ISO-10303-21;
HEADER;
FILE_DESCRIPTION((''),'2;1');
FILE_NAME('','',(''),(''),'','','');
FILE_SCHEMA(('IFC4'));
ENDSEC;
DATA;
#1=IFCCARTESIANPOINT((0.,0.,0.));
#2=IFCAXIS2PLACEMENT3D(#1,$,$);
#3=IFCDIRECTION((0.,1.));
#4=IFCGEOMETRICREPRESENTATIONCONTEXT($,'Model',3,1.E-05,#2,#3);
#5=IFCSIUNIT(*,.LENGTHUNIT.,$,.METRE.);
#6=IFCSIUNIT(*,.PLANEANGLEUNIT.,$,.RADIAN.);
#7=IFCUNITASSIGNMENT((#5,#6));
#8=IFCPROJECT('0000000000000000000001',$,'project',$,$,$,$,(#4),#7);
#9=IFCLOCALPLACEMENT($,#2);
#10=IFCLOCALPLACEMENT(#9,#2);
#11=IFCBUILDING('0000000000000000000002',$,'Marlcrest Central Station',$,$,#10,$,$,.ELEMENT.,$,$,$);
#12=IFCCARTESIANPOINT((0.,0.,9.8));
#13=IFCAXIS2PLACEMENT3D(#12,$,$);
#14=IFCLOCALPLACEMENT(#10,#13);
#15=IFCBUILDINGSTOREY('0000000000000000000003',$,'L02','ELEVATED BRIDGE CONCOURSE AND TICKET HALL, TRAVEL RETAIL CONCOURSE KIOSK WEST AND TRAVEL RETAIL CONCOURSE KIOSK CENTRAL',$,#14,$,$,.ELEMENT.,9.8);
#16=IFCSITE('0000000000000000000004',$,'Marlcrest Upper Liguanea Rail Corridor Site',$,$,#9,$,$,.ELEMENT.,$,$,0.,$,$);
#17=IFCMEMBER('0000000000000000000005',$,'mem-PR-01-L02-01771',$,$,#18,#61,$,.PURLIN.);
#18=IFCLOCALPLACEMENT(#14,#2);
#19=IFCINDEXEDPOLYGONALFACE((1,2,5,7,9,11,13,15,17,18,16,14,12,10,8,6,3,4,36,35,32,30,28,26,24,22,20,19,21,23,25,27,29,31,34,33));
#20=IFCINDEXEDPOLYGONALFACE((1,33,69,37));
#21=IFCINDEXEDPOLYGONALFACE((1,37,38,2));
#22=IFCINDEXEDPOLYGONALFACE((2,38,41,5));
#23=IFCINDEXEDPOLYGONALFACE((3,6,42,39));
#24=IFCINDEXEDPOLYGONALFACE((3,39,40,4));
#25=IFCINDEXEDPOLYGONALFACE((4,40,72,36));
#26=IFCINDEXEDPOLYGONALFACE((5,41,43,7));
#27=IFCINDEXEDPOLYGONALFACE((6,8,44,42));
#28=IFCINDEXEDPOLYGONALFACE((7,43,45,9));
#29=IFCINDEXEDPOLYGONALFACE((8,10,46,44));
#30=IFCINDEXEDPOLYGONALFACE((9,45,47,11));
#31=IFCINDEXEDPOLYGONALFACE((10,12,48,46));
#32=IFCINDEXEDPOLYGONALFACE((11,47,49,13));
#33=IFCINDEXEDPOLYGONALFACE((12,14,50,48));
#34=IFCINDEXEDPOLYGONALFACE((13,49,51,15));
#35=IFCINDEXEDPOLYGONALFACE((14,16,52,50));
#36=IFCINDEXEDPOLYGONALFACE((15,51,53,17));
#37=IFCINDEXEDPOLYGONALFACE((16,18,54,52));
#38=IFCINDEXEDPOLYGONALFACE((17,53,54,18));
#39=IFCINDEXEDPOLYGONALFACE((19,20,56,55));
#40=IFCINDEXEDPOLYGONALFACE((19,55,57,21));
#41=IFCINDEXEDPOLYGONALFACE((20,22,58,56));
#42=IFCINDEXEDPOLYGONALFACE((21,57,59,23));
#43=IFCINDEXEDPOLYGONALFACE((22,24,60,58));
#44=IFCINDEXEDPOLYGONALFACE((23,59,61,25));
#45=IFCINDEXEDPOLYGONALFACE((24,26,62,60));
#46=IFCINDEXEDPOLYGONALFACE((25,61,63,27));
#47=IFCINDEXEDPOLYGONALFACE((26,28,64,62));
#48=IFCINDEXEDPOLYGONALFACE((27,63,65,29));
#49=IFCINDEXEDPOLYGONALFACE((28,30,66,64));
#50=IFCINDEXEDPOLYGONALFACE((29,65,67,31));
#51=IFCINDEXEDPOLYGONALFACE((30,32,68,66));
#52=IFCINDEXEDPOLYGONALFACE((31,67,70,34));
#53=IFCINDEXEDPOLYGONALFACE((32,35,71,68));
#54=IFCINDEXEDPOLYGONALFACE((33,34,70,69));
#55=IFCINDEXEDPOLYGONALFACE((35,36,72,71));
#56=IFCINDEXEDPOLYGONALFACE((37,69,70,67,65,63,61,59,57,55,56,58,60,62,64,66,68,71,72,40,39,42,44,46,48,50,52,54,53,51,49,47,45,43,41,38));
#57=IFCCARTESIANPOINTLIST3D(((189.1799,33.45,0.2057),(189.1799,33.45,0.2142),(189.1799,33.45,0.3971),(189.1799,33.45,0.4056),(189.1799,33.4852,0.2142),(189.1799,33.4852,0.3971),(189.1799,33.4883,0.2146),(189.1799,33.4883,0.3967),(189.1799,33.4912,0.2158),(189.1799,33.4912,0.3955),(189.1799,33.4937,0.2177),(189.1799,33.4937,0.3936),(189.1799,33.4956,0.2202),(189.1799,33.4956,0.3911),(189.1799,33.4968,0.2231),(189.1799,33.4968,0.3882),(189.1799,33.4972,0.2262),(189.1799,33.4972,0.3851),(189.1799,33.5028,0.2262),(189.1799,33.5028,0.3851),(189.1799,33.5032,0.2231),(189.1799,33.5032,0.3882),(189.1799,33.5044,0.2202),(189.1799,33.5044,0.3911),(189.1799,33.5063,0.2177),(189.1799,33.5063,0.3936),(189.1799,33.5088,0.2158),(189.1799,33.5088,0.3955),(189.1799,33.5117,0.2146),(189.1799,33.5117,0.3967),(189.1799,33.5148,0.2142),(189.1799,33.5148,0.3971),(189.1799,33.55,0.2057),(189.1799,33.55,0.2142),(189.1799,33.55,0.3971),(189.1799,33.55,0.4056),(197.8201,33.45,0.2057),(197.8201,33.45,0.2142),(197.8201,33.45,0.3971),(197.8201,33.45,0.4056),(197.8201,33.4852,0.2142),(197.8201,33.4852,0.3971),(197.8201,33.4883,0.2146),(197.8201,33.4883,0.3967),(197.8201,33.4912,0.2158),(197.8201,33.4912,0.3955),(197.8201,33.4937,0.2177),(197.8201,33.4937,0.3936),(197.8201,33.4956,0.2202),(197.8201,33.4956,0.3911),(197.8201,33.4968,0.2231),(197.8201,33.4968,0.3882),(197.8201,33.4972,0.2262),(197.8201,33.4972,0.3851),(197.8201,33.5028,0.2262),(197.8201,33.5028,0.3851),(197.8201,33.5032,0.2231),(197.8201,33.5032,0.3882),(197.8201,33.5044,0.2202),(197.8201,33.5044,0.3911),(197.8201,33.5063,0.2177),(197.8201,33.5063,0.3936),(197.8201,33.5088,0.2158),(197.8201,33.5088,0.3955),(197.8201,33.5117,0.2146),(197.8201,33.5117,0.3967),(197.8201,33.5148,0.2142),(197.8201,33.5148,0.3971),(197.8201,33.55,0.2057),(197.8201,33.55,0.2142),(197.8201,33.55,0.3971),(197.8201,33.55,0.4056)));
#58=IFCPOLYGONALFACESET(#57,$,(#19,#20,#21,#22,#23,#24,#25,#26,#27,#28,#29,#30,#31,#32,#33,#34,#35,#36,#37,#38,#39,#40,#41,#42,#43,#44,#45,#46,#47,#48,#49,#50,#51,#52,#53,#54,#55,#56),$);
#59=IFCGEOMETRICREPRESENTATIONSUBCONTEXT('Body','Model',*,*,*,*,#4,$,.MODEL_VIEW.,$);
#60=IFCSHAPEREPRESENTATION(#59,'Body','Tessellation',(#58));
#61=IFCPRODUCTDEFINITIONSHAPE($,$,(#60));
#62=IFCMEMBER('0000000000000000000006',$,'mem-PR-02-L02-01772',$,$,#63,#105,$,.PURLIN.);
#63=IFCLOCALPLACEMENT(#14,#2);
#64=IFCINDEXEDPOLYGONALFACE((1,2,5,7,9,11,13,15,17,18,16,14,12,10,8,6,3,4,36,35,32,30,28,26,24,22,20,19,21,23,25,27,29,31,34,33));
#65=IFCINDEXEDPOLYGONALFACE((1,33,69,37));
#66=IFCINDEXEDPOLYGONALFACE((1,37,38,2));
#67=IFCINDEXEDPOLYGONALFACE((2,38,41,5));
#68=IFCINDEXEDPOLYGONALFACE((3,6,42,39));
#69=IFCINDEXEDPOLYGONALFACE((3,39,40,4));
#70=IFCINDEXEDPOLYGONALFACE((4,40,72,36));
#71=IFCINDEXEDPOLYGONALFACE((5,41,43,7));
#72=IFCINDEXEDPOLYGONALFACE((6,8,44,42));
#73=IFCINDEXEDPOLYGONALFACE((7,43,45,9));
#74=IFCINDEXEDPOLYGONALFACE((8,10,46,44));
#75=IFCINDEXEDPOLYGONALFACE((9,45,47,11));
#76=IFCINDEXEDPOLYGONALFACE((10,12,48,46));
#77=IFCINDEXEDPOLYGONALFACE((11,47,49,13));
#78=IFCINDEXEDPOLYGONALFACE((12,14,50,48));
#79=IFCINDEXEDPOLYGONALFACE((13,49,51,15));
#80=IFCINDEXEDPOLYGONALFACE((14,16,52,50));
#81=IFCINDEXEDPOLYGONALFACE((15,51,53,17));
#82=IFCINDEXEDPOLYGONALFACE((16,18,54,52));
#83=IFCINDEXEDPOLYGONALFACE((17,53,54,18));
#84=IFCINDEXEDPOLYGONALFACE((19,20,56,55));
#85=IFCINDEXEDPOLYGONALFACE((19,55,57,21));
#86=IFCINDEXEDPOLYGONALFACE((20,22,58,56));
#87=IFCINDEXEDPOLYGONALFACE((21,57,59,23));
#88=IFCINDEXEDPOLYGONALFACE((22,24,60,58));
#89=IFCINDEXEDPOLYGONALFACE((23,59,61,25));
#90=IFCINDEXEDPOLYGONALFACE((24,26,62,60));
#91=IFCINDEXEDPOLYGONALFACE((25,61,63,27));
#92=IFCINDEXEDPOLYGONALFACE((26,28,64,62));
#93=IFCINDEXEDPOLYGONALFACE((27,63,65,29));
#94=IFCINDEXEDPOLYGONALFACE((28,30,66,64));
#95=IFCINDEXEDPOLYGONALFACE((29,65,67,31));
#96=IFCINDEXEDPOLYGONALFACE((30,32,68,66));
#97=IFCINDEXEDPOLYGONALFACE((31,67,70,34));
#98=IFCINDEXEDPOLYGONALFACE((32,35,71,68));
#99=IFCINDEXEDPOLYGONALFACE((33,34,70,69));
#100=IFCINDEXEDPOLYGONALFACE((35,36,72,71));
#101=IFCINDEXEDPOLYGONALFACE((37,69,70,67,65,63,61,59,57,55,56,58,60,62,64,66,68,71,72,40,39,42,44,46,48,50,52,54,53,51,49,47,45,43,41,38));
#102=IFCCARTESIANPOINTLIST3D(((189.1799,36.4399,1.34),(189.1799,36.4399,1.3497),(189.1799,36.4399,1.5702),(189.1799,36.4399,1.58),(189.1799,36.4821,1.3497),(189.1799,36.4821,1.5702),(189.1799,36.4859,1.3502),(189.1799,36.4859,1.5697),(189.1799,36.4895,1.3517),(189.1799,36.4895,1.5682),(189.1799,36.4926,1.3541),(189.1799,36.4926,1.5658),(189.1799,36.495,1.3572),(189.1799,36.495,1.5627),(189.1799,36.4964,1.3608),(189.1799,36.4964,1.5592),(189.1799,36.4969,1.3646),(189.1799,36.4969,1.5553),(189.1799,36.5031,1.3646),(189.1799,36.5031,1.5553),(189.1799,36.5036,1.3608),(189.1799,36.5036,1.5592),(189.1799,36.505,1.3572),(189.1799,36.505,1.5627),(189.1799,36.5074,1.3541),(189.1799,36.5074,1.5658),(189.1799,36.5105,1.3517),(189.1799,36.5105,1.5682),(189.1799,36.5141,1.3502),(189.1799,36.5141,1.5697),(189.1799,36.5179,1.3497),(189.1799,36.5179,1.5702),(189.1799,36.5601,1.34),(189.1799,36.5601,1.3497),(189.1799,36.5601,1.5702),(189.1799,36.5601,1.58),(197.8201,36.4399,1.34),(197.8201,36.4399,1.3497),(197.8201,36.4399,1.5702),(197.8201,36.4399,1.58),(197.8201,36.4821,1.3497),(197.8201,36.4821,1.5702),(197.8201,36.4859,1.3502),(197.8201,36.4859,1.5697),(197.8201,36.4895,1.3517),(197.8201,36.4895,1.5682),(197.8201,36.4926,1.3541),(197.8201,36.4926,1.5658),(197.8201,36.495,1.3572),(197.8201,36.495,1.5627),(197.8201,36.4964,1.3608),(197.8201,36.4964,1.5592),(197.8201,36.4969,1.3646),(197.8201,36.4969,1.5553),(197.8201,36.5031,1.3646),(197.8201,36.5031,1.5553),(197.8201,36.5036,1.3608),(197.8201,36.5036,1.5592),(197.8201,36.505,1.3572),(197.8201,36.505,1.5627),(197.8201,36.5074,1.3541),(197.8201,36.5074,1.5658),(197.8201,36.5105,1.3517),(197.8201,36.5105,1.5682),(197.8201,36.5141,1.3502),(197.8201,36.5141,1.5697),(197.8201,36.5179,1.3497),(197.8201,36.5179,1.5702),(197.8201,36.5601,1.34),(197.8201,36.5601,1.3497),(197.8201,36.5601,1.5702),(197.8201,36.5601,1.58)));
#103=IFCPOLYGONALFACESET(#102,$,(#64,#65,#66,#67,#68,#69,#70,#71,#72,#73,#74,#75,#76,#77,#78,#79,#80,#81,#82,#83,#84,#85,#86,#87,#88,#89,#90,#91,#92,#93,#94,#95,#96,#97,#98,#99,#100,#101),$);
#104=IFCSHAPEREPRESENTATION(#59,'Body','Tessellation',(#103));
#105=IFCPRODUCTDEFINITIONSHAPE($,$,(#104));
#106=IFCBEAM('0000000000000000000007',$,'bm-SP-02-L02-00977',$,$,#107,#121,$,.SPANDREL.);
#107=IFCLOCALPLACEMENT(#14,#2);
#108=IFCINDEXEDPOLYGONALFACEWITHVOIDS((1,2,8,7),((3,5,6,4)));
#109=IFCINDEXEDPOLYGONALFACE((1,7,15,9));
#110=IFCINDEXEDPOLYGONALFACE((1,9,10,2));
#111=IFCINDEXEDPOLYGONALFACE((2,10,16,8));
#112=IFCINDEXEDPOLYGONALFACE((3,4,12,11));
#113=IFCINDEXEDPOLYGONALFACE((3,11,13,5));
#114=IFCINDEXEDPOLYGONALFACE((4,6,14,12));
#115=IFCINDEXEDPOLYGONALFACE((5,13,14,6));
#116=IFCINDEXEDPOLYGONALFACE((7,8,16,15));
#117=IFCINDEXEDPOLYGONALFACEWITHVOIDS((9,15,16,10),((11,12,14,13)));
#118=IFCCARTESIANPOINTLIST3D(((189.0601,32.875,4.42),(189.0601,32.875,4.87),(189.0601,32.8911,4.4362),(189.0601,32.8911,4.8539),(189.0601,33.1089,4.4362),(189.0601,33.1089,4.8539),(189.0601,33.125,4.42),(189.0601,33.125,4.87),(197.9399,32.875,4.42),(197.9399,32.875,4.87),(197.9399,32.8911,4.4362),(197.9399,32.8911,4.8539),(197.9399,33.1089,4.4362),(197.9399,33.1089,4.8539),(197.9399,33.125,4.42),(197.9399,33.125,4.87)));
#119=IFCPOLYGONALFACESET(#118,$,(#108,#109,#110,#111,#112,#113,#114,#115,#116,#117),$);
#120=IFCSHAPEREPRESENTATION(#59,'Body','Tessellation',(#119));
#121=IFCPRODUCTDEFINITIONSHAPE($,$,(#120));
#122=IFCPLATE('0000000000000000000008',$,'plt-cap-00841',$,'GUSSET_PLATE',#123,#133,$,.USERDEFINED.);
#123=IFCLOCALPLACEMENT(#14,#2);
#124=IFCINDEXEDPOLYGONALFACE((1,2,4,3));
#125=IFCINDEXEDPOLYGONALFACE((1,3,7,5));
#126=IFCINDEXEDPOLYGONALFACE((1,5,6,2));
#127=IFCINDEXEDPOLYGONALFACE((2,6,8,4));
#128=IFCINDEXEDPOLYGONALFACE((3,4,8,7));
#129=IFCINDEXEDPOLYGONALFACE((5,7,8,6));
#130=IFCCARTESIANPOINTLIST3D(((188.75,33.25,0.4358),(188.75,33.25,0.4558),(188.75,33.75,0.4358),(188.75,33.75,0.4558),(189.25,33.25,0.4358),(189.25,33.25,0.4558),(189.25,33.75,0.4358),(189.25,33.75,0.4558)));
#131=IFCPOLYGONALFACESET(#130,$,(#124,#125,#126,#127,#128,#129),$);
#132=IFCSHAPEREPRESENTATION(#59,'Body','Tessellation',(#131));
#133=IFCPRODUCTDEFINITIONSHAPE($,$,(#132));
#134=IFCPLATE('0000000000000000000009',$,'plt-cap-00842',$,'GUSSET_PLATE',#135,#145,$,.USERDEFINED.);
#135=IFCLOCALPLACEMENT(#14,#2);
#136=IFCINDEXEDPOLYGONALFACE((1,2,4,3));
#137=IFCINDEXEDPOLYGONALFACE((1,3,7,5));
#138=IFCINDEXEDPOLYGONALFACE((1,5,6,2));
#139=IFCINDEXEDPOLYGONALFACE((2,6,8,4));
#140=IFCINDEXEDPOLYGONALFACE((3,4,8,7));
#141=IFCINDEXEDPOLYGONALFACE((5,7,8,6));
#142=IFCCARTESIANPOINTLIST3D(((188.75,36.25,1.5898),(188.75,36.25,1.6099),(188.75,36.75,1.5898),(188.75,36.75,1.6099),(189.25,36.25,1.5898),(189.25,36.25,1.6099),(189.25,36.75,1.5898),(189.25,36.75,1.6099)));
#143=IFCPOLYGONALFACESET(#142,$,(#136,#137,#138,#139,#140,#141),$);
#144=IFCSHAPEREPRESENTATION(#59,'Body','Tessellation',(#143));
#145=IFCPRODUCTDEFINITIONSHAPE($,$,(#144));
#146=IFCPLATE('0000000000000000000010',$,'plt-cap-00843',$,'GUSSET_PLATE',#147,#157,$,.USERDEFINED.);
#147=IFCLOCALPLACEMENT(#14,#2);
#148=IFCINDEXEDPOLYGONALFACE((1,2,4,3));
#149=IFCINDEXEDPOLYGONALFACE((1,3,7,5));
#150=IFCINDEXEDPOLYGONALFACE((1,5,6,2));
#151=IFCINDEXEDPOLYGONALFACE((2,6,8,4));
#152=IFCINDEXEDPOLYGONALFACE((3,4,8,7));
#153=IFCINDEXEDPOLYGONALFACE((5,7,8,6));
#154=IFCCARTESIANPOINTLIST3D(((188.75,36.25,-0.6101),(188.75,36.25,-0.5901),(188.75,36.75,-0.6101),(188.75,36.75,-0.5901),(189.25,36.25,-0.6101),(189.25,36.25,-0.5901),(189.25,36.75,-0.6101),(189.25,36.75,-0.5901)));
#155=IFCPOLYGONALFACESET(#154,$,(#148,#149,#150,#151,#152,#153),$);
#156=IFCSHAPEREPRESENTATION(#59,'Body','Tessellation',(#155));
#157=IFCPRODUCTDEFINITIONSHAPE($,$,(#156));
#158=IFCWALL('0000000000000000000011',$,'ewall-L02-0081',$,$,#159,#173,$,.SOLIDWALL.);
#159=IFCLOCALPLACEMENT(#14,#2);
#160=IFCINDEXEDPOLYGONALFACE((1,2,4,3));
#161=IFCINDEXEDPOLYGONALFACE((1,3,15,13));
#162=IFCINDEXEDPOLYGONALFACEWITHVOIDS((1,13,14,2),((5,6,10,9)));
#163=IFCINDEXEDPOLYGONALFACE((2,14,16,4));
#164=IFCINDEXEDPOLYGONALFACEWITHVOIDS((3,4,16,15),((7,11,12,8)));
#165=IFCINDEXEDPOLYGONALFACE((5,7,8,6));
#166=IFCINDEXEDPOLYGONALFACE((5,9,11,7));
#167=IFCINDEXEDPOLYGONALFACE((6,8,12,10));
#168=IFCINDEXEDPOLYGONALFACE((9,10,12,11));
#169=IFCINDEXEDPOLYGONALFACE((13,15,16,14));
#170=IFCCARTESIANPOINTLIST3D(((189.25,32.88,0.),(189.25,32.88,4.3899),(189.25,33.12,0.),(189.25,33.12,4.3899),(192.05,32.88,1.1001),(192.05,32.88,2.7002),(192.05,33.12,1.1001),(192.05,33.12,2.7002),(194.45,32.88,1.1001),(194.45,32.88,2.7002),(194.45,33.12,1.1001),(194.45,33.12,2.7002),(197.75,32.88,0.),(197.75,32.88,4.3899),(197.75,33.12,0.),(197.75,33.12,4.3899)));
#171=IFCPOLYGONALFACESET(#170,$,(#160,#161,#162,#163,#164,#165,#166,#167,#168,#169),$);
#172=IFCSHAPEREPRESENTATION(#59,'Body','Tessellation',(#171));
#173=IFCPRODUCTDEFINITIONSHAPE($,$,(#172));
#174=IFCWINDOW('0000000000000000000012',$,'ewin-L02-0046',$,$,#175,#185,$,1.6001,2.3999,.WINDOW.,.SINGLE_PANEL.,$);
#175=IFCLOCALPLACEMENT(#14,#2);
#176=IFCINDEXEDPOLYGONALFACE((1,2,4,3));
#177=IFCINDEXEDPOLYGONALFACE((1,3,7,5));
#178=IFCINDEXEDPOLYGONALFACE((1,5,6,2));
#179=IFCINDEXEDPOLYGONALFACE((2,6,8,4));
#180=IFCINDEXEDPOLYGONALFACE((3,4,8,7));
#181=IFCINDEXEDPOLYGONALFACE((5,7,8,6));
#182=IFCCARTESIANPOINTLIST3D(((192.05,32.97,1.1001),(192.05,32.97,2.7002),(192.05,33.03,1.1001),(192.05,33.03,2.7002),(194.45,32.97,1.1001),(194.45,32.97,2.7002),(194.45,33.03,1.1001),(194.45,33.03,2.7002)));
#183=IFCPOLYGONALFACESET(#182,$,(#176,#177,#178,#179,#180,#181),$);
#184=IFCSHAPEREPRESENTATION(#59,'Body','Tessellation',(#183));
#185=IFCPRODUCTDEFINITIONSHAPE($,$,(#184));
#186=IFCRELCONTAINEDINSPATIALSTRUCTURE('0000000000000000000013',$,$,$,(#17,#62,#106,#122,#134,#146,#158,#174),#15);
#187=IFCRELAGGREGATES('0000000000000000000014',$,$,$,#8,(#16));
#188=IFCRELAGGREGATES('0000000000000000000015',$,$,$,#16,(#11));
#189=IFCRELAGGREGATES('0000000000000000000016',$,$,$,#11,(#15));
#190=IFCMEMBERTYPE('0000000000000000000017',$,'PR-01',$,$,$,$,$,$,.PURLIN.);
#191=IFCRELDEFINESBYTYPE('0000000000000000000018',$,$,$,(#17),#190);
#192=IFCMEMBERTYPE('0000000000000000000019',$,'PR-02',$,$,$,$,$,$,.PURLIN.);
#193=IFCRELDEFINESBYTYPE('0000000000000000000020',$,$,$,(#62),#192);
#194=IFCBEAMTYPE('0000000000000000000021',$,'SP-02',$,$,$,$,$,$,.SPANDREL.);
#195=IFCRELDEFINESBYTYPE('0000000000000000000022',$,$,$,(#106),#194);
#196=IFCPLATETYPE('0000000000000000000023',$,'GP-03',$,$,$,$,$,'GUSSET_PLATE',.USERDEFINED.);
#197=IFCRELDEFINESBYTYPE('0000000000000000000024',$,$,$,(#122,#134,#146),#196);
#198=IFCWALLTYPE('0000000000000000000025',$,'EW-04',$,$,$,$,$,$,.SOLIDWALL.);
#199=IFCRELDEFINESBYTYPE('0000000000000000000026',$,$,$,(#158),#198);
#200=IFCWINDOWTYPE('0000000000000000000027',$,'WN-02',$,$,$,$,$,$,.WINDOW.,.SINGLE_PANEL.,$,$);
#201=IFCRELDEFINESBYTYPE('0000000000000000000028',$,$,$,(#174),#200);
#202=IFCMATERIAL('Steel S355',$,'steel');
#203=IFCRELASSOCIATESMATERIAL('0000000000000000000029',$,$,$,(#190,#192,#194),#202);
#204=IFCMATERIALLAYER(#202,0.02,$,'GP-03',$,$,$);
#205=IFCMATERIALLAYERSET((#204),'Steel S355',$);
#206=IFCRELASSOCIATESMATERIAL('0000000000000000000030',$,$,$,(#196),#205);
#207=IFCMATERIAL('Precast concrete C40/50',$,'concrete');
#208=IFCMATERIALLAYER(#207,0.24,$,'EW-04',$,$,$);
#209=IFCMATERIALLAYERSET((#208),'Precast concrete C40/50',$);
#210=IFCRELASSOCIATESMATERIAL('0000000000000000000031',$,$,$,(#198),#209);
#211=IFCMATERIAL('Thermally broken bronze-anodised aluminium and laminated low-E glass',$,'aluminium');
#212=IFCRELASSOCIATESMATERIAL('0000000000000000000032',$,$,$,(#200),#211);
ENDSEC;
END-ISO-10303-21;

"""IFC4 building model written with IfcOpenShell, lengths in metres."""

from ifc_helpers import new_model, si_unit, direction, frame, frame_2d, origin, origin_2d, place, context, subcontext, project, spatial, rectangle, hollow_rectangle, i_section, extrude, material, layer, layer_set, material_profile, profile_set, type_object, element, fill, save


model = new_model("IFC4")

# Units and contexts
model_context = context("Model", 3, precision=1e-05, world=origin(), true_north=direction((0.0, 1.0)))
body_context = subcontext(model_context, "Body", "Model", "MODEL_VIEW")
ifc_project = project(units=[si_unit("LENGTHUNIT", "METRE"), si_unit("PLANEANGLEUNIT", "RADIAN")], contexts=[model_context])

# Site, building, storey
site_placement = place(None, origin())
site = spatial("IfcSite", under=ifc_project, at=site_placement, Name="Marlcrest Upper Liguanea Rail Corridor Site", CompositionType="ELEMENT", RefElevation=0.0)
building_placement = place(site_placement, origin())
building = spatial("IfcBuilding", under=site, at=building_placement, Name="Marlcrest Central Station", CompositionType="ELEMENT")
storey_placement = place(building_placement, frame((0.0, 0.0, 9.8)))
storey = spatial("IfcBuildingStorey", under=building, at=storey_placement, Name="L02", Description="ELEVATED BRIDGE CONCOURSE AND TICKET HALL, TRAVEL RETAIL CONCOURSE KIOSK WEST AND TRAVEL RETAIL CONCOURSE KIOSK CENTRAL", CompositionType="ELEMENT", Elevation=9.8)

# Members
ifc_material_1 = material(Name="Steel S355", Category="steel")
ifc_material_profile_1 = material_profile(ifc_material_1, i_section(OverallWidth=0.1001, OverallDepth=0.2, WebThickness=0.0056, FlangeThickness=0.0085, FilletRadius=0.012, at=origin_2d()), Name="IPE 200")
ifc_profile_set_1 = profile_set([ifc_material_profile_1], Name="Steel S355")
member_type_1 = type_object("IfcMemberType", Name="PR-01", PredefinedType="PURLIN", material=ifc_profile_set_1)
member_1_placement = place(storey_placement, frame((189.1799, 33.5, 0.3057), z_axis=(1.0, 0.0, 0.0), x_axis=(0.0, 1.0, 0.0)))
element("IfcMember", 1, at=member_1_placement, inside=storey, type_object=member_type_1, Name="mem-PR-01-L02-01771", PredefinedType="PURLIN", context=body_context, shape_type="SweptSolid", body=[
    extrude(i_section(OverallWidth=0.1001, OverallDepth=0.2, WebThickness=0.0056, FlangeThickness=0.0085, FilletRadius=0.012, at=origin_2d()), origin(), (0.0, 0.0, 1.0), 8.6401),
])
ifc_material_profile_2 = material_profile(ifc_material_1, i_section(OverallWidth=0.1201, OverallDepth=0.24, WebThickness=0.0061, FlangeThickness=0.0098, FilletRadius=0.0149, at=origin_2d()), Name="IPE 240")
ifc_profile_set_2 = profile_set([ifc_material_profile_2], Name="Steel S355")
member_type_2 = type_object("IfcMemberType", Name="PR-02", PredefinedType="PURLIN", material=ifc_profile_set_2)
member_2_placement = place(storey_placement, frame((189.1799, 36.5, 1.46), z_axis=(1.0, 0.0, 0.0), x_axis=(0.0, 1.0, 0.0)))
element("IfcMember", 2, at=member_2_placement, inside=storey, type_object=member_type_2, Name="mem-PR-02-L02-01772", PredefinedType="PURLIN", context=body_context, shape_type="SweptSolid", body=[
    extrude(i_section(OverallWidth=0.1201, OverallDepth=0.24, WebThickness=0.0061, FlangeThickness=0.0098, FilletRadius=0.0149, at=origin_2d()), origin(), (0.0, 0.0, 1.0), 8.6401),
])

# Beam
ifc_material_profile_3 = material_profile(ifc_material_1, hollow_rectangle(XDim=0.25, YDim=0.45, WallThickness=0.0161, at=origin_2d()), Name="RHS 450x250x16")
ifc_profile_set_3 = profile_set([ifc_material_profile_3], Name="Steel S355")
beam_type = type_object("IfcBeamType", Name="SP-02", PredefinedType="SPANDREL", material=ifc_profile_set_3)
beam_placement = place(storey_placement, frame((189.0601, 33.0, 4.645), z_axis=(1.0, 0.0, 0.0), x_axis=(0.0, 1.0, 0.0)))
element("IfcBeam", 3, at=beam_placement, inside=storey, type_object=beam_type, Name="bm-SP-02-L02-00977", PredefinedType="SPANDREL", context=body_context, shape_type="SweptSolid", body=[
    extrude(hollow_rectangle(XDim=0.25, YDim=0.45, WallThickness=0.0161, at=origin_2d()), origin(), (0.0, 0.0, 1.0), 8.8799),
])

# Plates
ifc_layer_1 = layer(ifc_material_1, 0.02, Name="GP-03")
ifc_layer_set_1 = layer_set([ifc_layer_1], Name="Steel S355")
plate_type = type_object("IfcPlateType", Name="GP-03", ElementType="GUSSET_PLATE", PredefinedType="USERDEFINED", material=ifc_layer_set_1)
for number, where, z_axis, x_axis, name in (
    (4, (189.0, 33.5, 0.4358), (0.0, 0.0, 1.0), (1.0, 0.0, 0.0), "plt-cap-00841"),
    (5, (189.0, 36.5, 1.5898), (0.0, 0.0, 1.0), (1.0, 0.0, 0.0), "plt-cap-00842"),
    (6, (189.0, 36.5, -0.6101), (0.0, 0.0, 1.0), (1.0, 0.0, 0.0), "plt-cap-00843"),
):
    element("IfcPlate", number, at=place(storey_placement, frame(where, z_axis=z_axis, x_axis=x_axis)), inside=storey, type_object=plate_type, Name=name, ObjectType="GUSSET_PLATE", PredefinedType="USERDEFINED", context=body_context, shape_type="SweptSolid", body=[
        extrude(rectangle(XDim=0.5, YDim=0.5, at=origin_2d()), origin(), (0.0, 0.0, 1.0), 0.02),
    ])

# Wall, opening, window
ifc_material_2 = material(Name="Precast concrete C40/50", Category="concrete")
ifc_layer_2 = layer(ifc_material_2, 0.24, Name="EW-04")
ifc_layer_set_2 = layer_set([ifc_layer_2], Name="Precast concrete C40/50")
wall_type = type_object("IfcWallType", Name="EW-04", PredefinedType="SOLIDWALL", material=ifc_layer_set_2)
wall_placement = place(storey_placement, frame((189.25, 33.0, 0.0), z_axis=(0.0, 0.0, 1.0), x_axis=(1.0, 0.0, 0.0)))
wall = element("IfcWall", 7, at=wall_placement, inside=storey, type_object=wall_type, Name="ewall-L02-0081", PredefinedType="SOLIDWALL", context=body_context, shape_type="SweptSolid", body=[
    extrude(rectangle(XDim=8.5, YDim=0.24, at=frame_2d((4.25, 0.0))), origin(), (0.0, 0.0, 1.0), 4.3899),
])
opening_placement = place(wall_placement, frame((2.8, 0.0, 1.1001)))
opening = element("IfcOpeningElement", 8, at=opening_placement, cuts=wall, PredefinedType="OPENING", context=body_context, shape_type="SweptSolid", body=[
    extrude(rectangle(XDim=2.3999, YDim=1.6001, at=frame_2d((1.2, 0.8))), frame((0.0, 0.1299, 0.0), z_axis=(0.0, -1.0, 0.0), x_axis=(1.0, 0.0, 0.0)), (0.0, 0.0, 1.0), 0.26),
])
ifc_material_3 = material(Name="Thermally broken bronze-anodised aluminium and laminated low-E glass", Category="aluminium")
window_type = type_object("IfcWindowType", Name="WN-02", PartitioningType="SINGLE_PANEL", PredefinedType="WINDOW", material=ifc_material_3)
window_placement = place(opening_placement, origin())
window = element("IfcWindow", 9, at=window_placement, inside=storey, type_object=window_type, Name="ewin-L02-0046", OverallHeight=1.6001, OverallWidth=2.3999, PartitioningType="SINGLE_PANEL", PredefinedType="WINDOW", context=body_context, shape_type="SweptSolid", body=[
    extrude(rectangle(XDim=2.3999, YDim=1.6001, at=frame_2d((1.2, 0.8))), frame((0.0, 0.03, 0.0), z_axis=(0.0, -1.0, 0.0), x_axis=(1.0, 0.0, 0.0)), (0.0, 0.0, 1.0), 0.0601),
])
fill(opening, window)

save(model, "model.ifc")
